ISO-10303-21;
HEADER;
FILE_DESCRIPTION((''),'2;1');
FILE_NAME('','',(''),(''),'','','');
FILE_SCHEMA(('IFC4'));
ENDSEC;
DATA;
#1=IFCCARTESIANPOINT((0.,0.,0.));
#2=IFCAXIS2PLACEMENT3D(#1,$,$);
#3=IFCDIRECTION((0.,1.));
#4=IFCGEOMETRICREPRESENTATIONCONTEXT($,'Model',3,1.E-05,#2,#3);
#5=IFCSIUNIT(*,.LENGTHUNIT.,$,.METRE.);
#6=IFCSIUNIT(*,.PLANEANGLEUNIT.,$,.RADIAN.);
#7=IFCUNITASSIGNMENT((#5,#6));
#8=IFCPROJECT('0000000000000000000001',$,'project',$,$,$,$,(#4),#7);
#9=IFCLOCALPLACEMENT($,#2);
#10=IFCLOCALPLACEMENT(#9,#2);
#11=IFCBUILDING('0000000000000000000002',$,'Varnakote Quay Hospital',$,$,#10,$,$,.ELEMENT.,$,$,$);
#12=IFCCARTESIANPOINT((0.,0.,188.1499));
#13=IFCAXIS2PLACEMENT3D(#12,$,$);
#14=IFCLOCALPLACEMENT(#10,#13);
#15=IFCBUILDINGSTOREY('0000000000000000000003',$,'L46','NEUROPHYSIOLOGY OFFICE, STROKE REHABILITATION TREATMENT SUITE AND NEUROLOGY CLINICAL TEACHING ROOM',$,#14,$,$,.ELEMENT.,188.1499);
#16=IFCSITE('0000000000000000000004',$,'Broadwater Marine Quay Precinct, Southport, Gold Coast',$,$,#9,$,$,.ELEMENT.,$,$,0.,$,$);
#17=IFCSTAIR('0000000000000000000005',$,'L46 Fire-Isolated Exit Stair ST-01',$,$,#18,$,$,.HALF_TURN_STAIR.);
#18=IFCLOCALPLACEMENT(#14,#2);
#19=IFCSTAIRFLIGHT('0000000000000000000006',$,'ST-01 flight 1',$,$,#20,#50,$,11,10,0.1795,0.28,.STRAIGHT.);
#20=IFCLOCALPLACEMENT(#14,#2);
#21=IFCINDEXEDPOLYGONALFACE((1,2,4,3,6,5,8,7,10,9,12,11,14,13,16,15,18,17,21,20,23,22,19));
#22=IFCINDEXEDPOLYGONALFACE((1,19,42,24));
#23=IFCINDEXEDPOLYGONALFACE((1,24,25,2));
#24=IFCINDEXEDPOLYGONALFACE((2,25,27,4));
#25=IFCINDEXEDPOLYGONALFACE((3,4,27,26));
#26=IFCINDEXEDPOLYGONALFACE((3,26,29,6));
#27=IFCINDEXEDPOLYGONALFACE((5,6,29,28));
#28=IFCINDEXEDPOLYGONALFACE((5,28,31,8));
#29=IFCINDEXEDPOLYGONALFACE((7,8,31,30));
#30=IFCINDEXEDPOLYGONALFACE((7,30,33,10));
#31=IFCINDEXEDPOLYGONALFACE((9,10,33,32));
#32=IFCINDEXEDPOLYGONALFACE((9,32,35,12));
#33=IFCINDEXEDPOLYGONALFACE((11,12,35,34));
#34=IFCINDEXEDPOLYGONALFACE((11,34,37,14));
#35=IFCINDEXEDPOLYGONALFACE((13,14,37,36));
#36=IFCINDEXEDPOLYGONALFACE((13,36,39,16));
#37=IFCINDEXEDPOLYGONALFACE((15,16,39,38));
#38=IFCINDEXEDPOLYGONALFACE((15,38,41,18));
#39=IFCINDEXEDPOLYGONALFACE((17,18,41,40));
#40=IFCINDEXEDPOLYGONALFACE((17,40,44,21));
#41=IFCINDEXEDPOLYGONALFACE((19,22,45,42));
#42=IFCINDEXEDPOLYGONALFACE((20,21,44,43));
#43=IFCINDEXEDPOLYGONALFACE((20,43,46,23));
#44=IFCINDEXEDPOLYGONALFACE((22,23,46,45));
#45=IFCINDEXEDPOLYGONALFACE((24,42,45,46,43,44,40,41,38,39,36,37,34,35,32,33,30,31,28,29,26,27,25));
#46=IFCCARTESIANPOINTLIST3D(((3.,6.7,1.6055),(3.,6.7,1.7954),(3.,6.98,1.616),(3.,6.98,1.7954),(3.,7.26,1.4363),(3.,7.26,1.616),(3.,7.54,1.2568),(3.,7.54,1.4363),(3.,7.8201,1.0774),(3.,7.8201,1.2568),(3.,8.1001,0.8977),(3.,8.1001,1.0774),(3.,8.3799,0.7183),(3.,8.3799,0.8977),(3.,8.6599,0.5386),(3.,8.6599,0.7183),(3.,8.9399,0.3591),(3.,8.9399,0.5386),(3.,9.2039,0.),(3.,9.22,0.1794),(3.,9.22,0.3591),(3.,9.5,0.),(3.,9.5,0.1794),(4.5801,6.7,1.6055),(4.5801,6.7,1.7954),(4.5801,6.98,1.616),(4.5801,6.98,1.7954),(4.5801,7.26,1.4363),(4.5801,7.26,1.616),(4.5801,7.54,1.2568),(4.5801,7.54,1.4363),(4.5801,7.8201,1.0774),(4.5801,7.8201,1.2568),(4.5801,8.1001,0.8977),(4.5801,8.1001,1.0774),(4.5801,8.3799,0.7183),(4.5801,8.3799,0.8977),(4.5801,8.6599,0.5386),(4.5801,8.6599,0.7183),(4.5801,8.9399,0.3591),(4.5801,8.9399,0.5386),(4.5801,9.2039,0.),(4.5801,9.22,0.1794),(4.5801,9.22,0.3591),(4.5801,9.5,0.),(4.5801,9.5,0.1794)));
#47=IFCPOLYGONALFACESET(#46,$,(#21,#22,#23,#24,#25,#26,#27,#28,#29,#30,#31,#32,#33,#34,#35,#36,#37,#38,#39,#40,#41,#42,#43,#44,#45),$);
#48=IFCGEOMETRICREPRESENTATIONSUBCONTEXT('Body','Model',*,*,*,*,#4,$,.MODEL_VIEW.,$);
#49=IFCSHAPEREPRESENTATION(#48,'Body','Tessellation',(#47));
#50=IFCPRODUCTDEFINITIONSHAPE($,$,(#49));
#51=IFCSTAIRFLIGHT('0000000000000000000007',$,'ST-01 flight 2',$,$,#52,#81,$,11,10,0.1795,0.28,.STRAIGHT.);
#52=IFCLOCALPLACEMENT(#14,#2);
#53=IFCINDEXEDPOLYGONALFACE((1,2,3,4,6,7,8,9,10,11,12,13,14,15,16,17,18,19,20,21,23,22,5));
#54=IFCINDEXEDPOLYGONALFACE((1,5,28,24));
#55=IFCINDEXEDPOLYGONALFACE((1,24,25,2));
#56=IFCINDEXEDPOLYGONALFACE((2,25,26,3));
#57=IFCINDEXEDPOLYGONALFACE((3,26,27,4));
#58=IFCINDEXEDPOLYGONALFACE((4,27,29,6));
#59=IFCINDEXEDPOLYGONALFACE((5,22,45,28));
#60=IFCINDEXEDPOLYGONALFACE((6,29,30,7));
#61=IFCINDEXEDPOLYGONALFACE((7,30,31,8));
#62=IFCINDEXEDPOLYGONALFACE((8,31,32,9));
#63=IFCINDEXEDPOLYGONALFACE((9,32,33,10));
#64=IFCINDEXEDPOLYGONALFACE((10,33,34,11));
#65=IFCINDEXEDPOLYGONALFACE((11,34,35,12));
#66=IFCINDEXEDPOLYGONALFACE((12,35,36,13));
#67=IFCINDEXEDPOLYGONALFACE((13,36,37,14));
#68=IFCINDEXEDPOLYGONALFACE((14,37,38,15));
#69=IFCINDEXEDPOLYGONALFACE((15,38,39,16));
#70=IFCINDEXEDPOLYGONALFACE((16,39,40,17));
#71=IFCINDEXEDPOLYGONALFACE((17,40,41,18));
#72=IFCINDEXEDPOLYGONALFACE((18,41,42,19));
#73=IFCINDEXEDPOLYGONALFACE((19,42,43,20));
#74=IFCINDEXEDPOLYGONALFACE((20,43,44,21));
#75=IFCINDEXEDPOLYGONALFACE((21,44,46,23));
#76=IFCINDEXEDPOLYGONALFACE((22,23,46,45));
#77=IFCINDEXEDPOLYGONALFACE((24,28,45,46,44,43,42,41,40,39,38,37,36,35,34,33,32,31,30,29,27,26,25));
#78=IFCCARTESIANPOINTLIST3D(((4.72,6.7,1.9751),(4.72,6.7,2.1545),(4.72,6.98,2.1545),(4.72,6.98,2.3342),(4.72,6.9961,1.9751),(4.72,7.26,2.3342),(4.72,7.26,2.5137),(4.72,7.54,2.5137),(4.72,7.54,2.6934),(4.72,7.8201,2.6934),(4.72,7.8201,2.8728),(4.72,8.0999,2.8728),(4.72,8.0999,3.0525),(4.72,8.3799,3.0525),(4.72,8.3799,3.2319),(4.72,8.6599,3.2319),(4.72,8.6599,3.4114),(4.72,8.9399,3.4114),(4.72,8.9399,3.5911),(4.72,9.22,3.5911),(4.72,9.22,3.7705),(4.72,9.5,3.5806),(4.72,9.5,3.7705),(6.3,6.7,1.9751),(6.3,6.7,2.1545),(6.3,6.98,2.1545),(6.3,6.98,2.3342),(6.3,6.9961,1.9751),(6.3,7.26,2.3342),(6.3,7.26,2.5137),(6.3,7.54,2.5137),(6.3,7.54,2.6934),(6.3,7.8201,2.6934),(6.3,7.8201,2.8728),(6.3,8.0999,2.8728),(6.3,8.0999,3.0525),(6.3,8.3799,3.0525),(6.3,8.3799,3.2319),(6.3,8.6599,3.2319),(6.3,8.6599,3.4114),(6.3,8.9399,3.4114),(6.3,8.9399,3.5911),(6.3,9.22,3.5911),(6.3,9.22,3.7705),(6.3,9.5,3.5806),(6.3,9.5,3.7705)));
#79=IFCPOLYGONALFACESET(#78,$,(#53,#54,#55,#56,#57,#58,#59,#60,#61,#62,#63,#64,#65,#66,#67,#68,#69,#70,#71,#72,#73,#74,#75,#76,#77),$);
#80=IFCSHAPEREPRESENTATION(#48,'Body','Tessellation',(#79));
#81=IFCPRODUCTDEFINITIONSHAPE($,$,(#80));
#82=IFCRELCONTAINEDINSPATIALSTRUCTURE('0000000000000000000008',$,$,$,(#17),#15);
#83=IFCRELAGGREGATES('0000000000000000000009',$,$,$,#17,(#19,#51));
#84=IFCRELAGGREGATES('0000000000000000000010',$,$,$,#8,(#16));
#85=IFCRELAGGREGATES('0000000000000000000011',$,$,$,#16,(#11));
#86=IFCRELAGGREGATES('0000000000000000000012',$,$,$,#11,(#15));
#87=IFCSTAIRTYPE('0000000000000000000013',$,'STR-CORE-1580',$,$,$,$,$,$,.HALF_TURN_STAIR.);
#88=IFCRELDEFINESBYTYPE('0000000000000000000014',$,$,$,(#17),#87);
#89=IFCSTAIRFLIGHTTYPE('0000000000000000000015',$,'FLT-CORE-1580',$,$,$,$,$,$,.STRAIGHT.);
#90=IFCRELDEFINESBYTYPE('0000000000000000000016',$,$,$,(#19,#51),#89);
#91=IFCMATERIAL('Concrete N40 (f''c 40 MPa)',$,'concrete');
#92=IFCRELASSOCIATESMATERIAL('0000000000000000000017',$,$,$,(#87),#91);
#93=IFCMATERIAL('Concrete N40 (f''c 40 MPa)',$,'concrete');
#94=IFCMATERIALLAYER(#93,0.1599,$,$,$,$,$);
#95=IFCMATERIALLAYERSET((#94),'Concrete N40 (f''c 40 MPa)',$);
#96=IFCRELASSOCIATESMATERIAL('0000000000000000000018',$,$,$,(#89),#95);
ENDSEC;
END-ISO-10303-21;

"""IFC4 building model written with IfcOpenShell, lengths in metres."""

from ifc_helpers import new_model, si_unit, direction, frame, origin, place, context, subcontext, project, spatial, polyline, outline, extrude, material, layer, layer_set, type_object, element, aggregate, save


model = new_model("IFC4")

# Units and contexts
model_context = context("Model", 3, precision=1e-05, world=origin(), true_north=direction((0.0, 1.0)))
body_context = subcontext(model_context, "Body", "Model", "MODEL_VIEW")
ifc_project = project(units=[si_unit("LENGTHUNIT", "METRE"), si_unit("PLANEANGLEUNIT", "RADIAN")], contexts=[model_context])

# Site, building, storey
site_placement = place(None, origin())
site = spatial("IfcSite", under=ifc_project, at=site_placement, Name="Broadwater Marine Quay Precinct, Southport, Gold Coast", CompositionType="ELEMENT", RefElevation=0.0)
building_placement = place(site_placement, origin())
building = spatial("IfcBuilding", under=site, at=building_placement, Name="Varnakote Quay Hospital", CompositionType="ELEMENT")
storey_placement = place(building_placement, frame((0.0, 0.0, 188.1499)))
storey = spatial("IfcBuildingStorey", under=building, at=storey_placement, Name="L46", Description="NEUROPHYSIOLOGY OFFICE, STROKE REHABILITATION TREATMENT SUITE AND NEUROLOGY CLINICAL TEACHING ROOM", CompositionType="ELEMENT", Elevation=188.1499)

# Stair, stair flights
ifc_material_1 = material(Name="Concrete N40 (f'c 40 MPa)", Category="concrete")
stair_type = type_object("IfcStairType", Name="STR-CORE-1580", PredefinedType="HALF_TURN_STAIR", material=ifc_material_1)
stair_placement = place(storey_placement, origin())
stair = element("IfcStair", 1, at=stair_placement, inside=storey, type_object=stair_type, Name="L46 Fire-Isolated Exit Stair ST-01", PredefinedType="HALF_TURN_STAIR")
ifc_material_2 = material(Name="Concrete N40 (f'c 40 MPa)", Category="concrete")
ifc_layer_1 = layer(ifc_material_2, 0.1599)
ifc_layer_set_1 = layer_set([ifc_layer_1], Name="Concrete N40 (f'c 40 MPa)")
stair_flight_type = type_object("IfcStairFlightType", Name="FLT-CORE-1580", PredefinedType="STRAIGHT", material=ifc_layer_set_1)
stair_flight_1_placement = place(storey_placement, frame((3.79, 9.5, 0.0), z_axis=(0.0, 0.0, 1.0), x_axis=(0.0, -1.0, 0.0)))
stair_flight_1 = element("IfcStairFlight", 2, at=stair_flight_1_placement, type_object=stair_flight_type, Name="ST-01 flight 1", NumberOfRisers=11, NumberOfTreads=10, PredefinedType="STRAIGHT", RiserHeight=0.1795, TreadLength=0.28, context=body_context, shape_type="SweptSolid", body=[
    extrude(outline(polyline([(0.0, 0.0), (0.0, 0.1794), (0.28, 0.1794), (0.28, 0.3591), (0.5601, 0.3591), (0.5601, 0.5386), (0.8401, 0.5386), (0.8401, 0.7183), (1.1201, 0.7183), (1.1201, 0.8977), (1.3999, 0.8977), (1.3999, 1.0774), (1.6799, 1.0774), (1.6799, 1.2568), (1.96, 1.2568), (1.96, 1.4363), (2.24, 1.4363), (2.24, 1.616), (2.52, 1.616), (2.52, 1.7954), (2.8, 1.7954), (2.8, 1.9751), (2.8, 1.6055), (0.2961, 0.0), (0.0, 0.0)])), frame((0.0, 0.79, 0.0), z_axis=(0.0, -1.0, 0.0), x_axis=(1.0, 0.0, 0.0)), (0.0, 0.0, 1.0), 1.5801),
])
stair_flight_2_placement = place(storey_placement, frame((5.51, 6.7, 1.9751), z_axis=(0.0, 0.0, 1.0), x_axis=(0.0, 1.0, 0.0)))
stair_flight_2 = element("IfcStairFlight", 3, at=stair_flight_2_placement, type_object=stair_flight_type, Name="ST-01 flight 2", NumberOfRisers=11, NumberOfTreads=10, PredefinedType="STRAIGHT", RiserHeight=0.1795, TreadLength=0.28, context=body_context, shape_type="SweptSolid", body=[
    extrude(outline(polyline([(0.0, 0.0), (0.0, 0.1794), (0.28, 0.1794), (0.28, 0.3591), (0.5601, 0.3591), (0.5601, 0.5386), (0.8401, 0.5386), (0.8401, 0.7183), (1.1201, 0.7183), (1.1201, 0.8977), (1.3999, 0.8977), (1.3999, 1.0774), (1.6799, 1.0774), (1.6799, 1.2568), (1.96, 1.2568), (1.96, 1.4363), (2.24, 1.4363), (2.24, 1.616), (2.52, 1.616), (2.52, 1.7954), (2.8, 1.7954), (2.8, 1.9751), (2.8, 1.6055), (0.2961, 0.0), (0.0, 0.0)])), frame((0.0, 0.79, 0.0), z_axis=(0.0, -1.0, 0.0), x_axis=(1.0, 0.0, 0.0)), (0.0, 0.0, 1.0), 1.5801),
])
aggregate(stair, [stair_flight_1, stair_flight_2])

save(model, "model.ifc")
